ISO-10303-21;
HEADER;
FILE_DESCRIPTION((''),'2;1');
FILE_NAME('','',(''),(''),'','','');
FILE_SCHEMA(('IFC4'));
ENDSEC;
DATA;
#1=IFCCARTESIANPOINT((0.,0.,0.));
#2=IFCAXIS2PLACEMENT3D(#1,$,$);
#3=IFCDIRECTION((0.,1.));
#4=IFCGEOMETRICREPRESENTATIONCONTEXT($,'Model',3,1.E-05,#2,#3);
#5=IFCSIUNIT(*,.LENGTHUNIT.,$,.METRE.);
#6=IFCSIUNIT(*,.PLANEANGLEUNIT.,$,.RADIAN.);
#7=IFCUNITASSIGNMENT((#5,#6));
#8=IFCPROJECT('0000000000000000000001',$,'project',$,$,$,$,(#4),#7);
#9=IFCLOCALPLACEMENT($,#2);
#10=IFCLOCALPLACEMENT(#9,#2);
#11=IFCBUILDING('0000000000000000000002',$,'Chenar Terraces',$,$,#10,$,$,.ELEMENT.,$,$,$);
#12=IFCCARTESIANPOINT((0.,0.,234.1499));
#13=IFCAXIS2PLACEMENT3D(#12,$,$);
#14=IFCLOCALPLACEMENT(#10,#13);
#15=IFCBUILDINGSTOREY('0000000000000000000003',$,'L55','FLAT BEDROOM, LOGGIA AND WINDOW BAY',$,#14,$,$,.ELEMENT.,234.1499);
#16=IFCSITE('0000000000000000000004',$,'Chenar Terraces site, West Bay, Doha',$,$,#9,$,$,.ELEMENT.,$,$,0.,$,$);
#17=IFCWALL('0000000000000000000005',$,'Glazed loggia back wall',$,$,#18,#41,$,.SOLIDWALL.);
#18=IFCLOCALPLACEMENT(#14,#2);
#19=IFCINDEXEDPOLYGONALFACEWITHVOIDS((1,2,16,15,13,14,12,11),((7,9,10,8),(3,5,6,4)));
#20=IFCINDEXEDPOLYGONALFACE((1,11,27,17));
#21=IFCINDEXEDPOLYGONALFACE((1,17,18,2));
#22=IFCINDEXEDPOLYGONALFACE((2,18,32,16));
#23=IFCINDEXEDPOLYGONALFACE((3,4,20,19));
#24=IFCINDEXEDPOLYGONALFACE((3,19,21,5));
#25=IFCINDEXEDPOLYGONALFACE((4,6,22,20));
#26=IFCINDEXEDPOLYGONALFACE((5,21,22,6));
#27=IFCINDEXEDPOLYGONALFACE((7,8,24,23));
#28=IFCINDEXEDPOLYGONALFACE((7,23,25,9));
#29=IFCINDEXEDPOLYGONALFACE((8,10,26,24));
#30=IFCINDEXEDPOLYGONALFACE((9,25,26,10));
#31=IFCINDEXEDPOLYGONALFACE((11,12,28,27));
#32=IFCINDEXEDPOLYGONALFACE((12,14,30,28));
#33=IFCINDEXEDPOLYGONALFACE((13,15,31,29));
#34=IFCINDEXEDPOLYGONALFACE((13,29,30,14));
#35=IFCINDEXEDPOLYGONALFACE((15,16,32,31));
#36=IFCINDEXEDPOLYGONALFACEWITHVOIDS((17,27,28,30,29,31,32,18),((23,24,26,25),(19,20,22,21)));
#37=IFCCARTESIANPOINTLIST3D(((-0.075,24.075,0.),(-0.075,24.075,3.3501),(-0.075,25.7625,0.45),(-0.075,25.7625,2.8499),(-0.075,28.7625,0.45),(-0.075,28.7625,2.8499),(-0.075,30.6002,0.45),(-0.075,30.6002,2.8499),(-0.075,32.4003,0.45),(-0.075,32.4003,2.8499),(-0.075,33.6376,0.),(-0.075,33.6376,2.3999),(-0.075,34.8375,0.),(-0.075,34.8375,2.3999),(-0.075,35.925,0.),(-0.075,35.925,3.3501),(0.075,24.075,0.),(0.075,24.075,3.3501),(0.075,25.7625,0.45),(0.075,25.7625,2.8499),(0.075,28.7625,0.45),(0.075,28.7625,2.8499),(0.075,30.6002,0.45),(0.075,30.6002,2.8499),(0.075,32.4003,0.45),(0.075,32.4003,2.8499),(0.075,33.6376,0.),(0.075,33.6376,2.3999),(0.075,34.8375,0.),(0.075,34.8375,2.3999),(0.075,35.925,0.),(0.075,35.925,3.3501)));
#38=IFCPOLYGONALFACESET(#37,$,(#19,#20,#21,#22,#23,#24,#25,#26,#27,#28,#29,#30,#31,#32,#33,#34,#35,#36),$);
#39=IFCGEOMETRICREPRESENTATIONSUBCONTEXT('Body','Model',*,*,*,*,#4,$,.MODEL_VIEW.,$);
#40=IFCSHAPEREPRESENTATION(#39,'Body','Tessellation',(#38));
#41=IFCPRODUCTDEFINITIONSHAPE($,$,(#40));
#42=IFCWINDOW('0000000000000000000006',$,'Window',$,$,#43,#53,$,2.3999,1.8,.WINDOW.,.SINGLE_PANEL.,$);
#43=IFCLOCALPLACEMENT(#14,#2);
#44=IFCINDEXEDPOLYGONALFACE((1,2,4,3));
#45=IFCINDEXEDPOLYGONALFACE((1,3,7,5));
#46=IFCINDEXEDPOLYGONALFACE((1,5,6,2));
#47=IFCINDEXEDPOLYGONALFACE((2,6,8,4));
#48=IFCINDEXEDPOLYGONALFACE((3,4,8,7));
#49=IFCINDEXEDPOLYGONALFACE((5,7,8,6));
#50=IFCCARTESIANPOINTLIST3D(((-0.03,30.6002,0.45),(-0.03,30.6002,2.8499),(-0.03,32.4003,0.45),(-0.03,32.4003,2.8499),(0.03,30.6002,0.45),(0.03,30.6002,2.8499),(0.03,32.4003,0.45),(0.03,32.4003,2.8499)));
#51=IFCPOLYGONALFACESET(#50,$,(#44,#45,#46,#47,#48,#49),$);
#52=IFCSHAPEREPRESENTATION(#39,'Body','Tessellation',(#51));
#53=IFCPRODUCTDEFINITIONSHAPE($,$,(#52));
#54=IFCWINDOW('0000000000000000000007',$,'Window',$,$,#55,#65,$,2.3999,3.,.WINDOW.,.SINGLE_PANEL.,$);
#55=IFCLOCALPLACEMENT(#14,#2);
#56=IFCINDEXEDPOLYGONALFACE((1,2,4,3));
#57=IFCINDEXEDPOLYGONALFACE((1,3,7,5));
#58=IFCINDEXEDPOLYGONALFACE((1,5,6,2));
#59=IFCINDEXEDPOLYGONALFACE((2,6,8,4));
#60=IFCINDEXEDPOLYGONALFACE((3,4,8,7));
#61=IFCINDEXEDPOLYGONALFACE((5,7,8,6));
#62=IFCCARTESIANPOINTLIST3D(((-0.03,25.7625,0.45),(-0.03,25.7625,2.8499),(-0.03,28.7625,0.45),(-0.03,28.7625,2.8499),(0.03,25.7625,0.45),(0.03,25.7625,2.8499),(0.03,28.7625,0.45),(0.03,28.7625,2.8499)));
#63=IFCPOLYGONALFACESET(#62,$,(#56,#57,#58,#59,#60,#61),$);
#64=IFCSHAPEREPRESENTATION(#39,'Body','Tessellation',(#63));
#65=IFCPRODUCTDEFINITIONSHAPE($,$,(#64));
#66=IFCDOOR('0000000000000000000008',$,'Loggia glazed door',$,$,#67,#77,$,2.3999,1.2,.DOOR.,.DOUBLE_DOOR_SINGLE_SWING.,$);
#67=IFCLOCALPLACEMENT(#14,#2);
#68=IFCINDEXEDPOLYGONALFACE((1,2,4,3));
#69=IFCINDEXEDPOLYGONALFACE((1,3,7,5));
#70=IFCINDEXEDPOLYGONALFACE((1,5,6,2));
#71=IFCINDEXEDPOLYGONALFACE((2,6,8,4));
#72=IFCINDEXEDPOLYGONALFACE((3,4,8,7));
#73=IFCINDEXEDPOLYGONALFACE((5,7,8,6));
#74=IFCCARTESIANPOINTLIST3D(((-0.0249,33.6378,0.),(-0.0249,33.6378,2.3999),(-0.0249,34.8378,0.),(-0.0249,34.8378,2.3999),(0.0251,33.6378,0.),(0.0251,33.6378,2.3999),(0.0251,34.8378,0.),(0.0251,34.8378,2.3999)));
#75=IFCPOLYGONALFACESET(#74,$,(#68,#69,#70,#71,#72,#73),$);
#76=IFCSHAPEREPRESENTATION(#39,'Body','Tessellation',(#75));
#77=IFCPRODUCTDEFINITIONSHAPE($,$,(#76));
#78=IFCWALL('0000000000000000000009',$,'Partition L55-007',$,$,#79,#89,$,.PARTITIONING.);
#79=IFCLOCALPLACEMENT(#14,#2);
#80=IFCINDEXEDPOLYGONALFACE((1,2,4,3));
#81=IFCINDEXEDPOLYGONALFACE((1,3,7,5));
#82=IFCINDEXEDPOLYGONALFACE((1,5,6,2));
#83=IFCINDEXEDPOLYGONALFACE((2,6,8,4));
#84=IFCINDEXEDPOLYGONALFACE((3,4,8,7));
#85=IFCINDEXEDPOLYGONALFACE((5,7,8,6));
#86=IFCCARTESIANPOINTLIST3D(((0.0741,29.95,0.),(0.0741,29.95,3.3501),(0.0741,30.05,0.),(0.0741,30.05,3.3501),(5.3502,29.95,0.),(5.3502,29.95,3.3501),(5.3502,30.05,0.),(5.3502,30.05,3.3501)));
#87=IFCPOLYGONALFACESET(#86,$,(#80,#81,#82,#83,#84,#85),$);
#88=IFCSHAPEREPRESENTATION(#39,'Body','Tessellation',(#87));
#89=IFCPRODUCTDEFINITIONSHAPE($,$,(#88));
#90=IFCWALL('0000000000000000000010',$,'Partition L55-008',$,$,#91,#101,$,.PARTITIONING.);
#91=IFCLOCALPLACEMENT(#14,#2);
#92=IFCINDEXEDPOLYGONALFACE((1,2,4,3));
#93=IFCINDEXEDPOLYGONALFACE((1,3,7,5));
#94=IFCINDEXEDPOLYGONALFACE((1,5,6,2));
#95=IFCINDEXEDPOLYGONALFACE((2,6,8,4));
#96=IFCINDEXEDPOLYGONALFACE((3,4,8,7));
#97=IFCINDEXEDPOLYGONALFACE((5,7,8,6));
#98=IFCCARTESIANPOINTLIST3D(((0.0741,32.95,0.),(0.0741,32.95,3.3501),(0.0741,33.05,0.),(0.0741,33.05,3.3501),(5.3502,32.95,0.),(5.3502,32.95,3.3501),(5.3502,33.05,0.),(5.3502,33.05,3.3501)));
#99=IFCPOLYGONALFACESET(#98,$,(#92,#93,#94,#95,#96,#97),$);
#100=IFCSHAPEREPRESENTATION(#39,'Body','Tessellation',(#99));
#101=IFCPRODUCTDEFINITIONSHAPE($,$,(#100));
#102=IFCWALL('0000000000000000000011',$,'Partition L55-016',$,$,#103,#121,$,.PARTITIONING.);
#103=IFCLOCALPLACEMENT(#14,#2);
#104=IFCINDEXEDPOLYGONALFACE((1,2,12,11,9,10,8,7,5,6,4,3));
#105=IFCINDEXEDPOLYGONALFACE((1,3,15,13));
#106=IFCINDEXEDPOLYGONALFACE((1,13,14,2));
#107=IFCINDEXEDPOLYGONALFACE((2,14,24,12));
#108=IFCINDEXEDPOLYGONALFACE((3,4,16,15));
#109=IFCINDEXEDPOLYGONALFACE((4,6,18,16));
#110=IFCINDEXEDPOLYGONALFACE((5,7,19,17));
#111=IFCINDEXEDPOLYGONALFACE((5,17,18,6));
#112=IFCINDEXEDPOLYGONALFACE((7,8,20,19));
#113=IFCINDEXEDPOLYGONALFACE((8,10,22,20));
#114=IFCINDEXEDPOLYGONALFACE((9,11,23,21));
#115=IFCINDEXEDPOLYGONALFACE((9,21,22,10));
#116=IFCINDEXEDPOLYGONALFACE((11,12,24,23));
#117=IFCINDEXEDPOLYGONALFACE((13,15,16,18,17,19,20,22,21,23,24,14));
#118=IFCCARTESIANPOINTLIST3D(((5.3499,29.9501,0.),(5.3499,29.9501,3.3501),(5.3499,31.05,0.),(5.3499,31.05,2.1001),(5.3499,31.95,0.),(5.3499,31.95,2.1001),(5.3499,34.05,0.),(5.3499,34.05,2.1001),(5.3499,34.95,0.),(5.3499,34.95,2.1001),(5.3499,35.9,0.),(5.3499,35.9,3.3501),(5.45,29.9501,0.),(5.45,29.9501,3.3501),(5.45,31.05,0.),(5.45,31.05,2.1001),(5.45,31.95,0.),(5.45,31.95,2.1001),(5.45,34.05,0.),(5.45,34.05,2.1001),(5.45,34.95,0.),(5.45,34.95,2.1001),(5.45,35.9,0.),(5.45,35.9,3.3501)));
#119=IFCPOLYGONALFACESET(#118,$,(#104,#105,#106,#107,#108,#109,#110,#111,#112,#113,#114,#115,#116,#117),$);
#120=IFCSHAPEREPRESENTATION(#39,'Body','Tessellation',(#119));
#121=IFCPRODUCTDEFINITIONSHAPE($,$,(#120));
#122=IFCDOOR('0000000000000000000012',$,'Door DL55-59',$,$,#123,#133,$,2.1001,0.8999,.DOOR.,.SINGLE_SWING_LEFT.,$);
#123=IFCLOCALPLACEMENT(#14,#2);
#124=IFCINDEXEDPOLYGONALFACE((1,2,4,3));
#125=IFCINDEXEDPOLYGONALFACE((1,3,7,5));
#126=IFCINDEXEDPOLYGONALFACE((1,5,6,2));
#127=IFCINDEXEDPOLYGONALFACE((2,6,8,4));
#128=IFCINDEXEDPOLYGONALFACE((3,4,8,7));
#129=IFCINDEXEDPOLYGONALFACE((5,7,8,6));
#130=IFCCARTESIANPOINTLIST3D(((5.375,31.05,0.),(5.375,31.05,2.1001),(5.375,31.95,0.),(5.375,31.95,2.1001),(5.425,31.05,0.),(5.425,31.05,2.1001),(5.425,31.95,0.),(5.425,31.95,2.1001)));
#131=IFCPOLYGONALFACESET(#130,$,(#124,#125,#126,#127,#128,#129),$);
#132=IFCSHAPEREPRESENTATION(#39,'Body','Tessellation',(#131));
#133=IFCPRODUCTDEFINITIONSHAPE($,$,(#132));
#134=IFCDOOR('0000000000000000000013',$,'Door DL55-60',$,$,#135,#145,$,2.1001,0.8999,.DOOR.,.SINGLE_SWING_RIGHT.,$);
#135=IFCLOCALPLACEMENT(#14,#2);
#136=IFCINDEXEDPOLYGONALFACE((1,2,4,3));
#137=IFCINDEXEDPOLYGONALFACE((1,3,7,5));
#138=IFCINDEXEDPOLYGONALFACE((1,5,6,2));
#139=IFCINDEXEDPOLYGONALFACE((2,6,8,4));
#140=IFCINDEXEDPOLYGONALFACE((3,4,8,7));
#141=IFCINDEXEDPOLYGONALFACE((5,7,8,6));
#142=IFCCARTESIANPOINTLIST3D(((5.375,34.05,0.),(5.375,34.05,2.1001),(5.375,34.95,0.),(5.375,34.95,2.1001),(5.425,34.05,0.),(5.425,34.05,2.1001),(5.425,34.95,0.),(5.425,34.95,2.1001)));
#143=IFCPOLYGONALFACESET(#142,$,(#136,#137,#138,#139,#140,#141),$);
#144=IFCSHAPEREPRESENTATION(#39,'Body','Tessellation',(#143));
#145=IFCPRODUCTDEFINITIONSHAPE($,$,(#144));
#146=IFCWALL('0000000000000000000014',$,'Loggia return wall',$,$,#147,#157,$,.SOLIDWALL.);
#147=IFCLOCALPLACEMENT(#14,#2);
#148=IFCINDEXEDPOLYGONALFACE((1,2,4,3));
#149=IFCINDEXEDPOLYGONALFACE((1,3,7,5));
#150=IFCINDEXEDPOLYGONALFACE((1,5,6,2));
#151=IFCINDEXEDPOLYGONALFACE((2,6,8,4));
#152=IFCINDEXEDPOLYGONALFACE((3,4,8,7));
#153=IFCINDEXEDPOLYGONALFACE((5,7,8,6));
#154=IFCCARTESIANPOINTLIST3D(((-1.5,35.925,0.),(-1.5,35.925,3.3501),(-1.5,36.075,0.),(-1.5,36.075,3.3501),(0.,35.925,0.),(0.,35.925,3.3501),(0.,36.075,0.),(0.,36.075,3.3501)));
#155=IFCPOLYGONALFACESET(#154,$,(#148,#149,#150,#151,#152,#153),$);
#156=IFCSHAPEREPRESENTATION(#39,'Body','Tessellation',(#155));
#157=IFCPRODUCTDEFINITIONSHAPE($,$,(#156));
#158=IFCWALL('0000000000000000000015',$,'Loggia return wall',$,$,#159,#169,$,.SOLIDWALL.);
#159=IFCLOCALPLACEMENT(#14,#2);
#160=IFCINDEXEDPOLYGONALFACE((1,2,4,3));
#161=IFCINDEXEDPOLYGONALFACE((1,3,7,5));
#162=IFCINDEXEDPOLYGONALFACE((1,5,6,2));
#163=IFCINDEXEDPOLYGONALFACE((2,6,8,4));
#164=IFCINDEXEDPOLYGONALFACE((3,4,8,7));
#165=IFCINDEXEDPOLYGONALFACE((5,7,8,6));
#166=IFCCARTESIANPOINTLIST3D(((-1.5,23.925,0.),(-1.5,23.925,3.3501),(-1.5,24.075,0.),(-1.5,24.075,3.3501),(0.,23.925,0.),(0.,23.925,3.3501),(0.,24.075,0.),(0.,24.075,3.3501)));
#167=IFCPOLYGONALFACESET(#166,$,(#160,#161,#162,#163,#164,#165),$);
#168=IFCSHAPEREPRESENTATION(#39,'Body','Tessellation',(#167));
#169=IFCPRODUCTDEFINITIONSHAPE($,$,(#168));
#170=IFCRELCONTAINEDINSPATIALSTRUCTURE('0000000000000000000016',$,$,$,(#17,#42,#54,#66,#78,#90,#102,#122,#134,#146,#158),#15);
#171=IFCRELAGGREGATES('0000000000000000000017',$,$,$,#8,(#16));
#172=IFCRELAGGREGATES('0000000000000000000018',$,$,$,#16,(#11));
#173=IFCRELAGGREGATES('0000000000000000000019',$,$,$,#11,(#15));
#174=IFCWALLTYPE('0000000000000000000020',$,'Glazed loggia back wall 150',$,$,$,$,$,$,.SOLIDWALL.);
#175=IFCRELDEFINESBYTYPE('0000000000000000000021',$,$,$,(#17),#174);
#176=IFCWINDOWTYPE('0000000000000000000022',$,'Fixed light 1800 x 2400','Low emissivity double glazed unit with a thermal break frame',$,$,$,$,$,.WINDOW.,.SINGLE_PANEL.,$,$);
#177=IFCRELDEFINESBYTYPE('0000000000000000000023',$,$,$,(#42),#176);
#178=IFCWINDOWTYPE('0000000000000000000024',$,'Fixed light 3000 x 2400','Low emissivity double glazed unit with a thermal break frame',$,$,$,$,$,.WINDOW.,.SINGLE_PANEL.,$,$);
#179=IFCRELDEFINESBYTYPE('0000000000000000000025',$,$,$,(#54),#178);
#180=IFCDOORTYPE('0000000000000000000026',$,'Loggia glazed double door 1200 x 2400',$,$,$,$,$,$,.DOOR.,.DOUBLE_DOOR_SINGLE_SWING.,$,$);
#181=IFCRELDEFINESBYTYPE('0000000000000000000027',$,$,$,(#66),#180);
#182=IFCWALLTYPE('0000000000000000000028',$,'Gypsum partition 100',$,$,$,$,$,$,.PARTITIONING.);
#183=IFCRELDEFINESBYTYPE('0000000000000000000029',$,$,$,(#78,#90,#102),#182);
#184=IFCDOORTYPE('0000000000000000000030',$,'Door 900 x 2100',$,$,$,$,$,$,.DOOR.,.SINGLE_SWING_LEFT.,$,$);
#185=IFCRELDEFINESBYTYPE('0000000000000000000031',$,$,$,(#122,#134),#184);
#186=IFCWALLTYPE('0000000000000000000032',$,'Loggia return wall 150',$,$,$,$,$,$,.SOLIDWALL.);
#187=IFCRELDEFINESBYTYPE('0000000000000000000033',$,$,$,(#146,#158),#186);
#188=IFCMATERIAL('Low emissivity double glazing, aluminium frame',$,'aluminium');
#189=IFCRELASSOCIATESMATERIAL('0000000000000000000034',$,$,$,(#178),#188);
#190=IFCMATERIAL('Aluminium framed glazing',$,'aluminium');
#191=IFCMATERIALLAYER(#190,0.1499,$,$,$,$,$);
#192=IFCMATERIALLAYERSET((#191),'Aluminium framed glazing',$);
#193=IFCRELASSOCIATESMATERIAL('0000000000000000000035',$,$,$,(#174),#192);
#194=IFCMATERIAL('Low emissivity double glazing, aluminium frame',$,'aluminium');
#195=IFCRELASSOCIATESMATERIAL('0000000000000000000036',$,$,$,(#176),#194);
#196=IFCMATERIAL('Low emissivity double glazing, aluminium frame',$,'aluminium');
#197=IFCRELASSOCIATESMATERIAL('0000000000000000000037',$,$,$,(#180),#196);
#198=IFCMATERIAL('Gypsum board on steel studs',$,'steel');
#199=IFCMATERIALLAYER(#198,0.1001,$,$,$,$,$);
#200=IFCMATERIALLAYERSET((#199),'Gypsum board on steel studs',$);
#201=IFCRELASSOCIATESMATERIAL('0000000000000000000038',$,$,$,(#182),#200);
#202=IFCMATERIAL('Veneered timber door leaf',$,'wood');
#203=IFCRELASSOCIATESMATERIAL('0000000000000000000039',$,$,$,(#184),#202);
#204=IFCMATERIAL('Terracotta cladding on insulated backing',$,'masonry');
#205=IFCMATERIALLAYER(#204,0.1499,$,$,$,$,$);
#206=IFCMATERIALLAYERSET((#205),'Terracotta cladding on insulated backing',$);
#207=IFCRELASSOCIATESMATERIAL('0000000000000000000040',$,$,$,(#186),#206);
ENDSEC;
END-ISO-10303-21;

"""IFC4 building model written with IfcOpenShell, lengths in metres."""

from ifc_helpers import new_model, si_unit, direction, frame, frame_2d, origin, place, context, subcontext, project, spatial, rectangle, extrude, material, layer, layer_set, type_object, element, fill, save


model = new_model("IFC4")

# Units and contexts
model_context = context("Model", 3, precision=1e-05, world=origin(), true_north=direction((0.0, 1.0)))
body_context = subcontext(model_context, "Body", "Model", "MODEL_VIEW")
ifc_project = project(units=[si_unit("LENGTHUNIT", "METRE"), si_unit("PLANEANGLEUNIT", "RADIAN")], contexts=[model_context])

# Site, building, storey
site_placement = place(None, origin())
site = spatial("IfcSite", under=ifc_project, at=site_placement, Name="Chenar Terraces site, West Bay, Doha", CompositionType="ELEMENT", RefElevation=0.0)
building_placement = place(site_placement, origin())
building = spatial("IfcBuilding", under=site, at=building_placement, Name="Chenar Terraces", CompositionType="ELEMENT")
storey_placement = place(building_placement, frame((0.0, 0.0, 234.1499)))
storey = spatial("IfcBuildingStorey", under=building, at=storey_placement, Name="L55", Description="FLAT BEDROOM, LOGGIA AND WINDOW BAY", CompositionType="ELEMENT", Elevation=234.1499)

# Shared definitions
ifc_material_1 = material(Name="Low emissivity double glazing, aluminium frame", Category="aluminium")
window_type_1 = type_object("IfcWindowType", Name="Fixed light 3000 x 2400", Description="Low emissivity double glazed unit with a thermal break frame", PartitioningType="SINGLE_PANEL", PredefinedType="WINDOW", material=ifc_material_1)

# Wall, openings, windows, door
ifc_material_2 = material(Name="Aluminium framed glazing", Category="aluminium")
ifc_layer_1 = layer(ifc_material_2, 0.1499)
ifc_layer_set_1 = layer_set([ifc_layer_1], Name="Aluminium framed glazing")
wall_type_1 = type_object("IfcWallType", Name="Glazed loggia back wall 150", PredefinedType="SOLIDWALL", material=ifc_layer_set_1)
wall_1_placement = place(storey_placement, frame((0.0, 35.925, 0.0), z_axis=(0.0, 0.0, 1.0), x_axis=(0.0, -1.0, 0.0)))
wall_1 = element("IfcWall", 1, at=wall_1_placement, inside=storey, type_object=wall_type_1, Name="Glazed loggia back wall", PredefinedType="SOLIDWALL", context=body_context, shape_type="SweptSolid", body=[
    extrude(rectangle(XDim=11.8501, YDim=0.1499, at=frame_2d((5.925, 0.0))), origin(), (0.0, 0.0, 1.0), 3.3501),
])
opening_1_placement = place(wall_1_placement, frame((1.0874, 0.0, 0.0)))
opening_1 = element("IfcOpeningElement", 2, at=opening_1_placement, cuts=wall_1, PredefinedType="OPENING", context=body_context, shape_type="SweptSolid", body=[
    extrude(rectangle(XDim=1.2, YDim=2.3999, at=frame_2d((0.6001, 1.2))), frame((0.0, 0.085, 0.0), z_axis=(0.0, -1.0, 0.0), x_axis=(1.0, 0.0, 0.0)), (0.0, 0.0, 1.0), 0.1699),
])
opening_2_placement = place(wall_1_placement, frame((3.5249, 0.0, 0.45)))
opening_2 = element("IfcOpeningElement", 3, at=opening_2_placement, cuts=wall_1, PredefinedType="OPENING", context=body_context, shape_type="SweptSolid", body=[
    extrude(rectangle(XDim=1.8, YDim=2.3999, at=frame_2d((0.8999, 1.2))), frame((0.0, 0.085, 0.0), z_axis=(0.0, -1.0, 0.0), x_axis=(1.0, 0.0, 0.0)), (0.0, 0.0, 1.0), 0.1699),
])
opening_3_placement = place(wall_1_placement, frame((7.1626, 0.0, 0.45)))
opening_3 = element("IfcOpeningElement", 4, at=opening_3_placement, cuts=wall_1, PredefinedType="OPENING", context=body_context, shape_type="SweptSolid", body=[
    extrude(rectangle(XDim=3.0, YDim=2.3999, at=frame_2d((1.5, 1.2))), frame((0.0, 0.085, 0.0), z_axis=(0.0, -1.0, 0.0), x_axis=(1.0, 0.0, 0.0)), (0.0, 0.0, 1.0), 0.1699),
])
ifc_material_3 = material(Name="Low emissivity double glazing, aluminium frame", Category="aluminium")
window_type_2 = type_object("IfcWindowType", Name="Fixed light 1800 x 2400", Description="Low emissivity double glazed unit with a thermal break frame", PartitioningType="SINGLE_PANEL", PredefinedType="WINDOW", material=ifc_material_3)
window_1_placement = place(opening_2_placement, origin())
window_1 = element("IfcWindow", 5, at=window_1_placement, inside=storey, type_object=window_type_2, Name="Window", OverallHeight=2.3999, OverallWidth=1.8, PartitioningType="SINGLE_PANEL", PredefinedType="WINDOW", context=body_context, shape_type="SweptSolid", body=[
    extrude(rectangle(XDim=1.8, YDim=2.3999, at=frame_2d((0.8999, 1.2))), frame((0.0, 0.03, 0.0), z_axis=(0.0, -1.0, 0.0), x_axis=(1.0, 0.0, 0.0)), (0.0, 0.0, 1.0), 0.0601),
])
fill(opening_2, window_1)
window_2_placement = place(opening_3_placement, origin())
window_2 = element("IfcWindow", 6, at=window_2_placement, inside=storey, type_object=window_type_1, Name="Window", OverallHeight=2.3999, OverallWidth=3.0, PartitioningType="SINGLE_PANEL", PredefinedType="WINDOW", context=body_context, shape_type="SweptSolid", body=[
    extrude(rectangle(XDim=3.0, YDim=2.3999, at=frame_2d((1.5, 1.2))), frame((0.0, 0.03, 0.0), z_axis=(0.0, -1.0, 0.0), x_axis=(1.0, 0.0, 0.0)), (0.0, 0.0, 1.0), 0.0601),
])
fill(opening_3, window_2)
ifc_material_4 = material(Name="Low emissivity double glazing, aluminium frame", Category="aluminium")
door_type_1 = type_object("IfcDoorType", Name="Loggia glazed double door 1200 x 2400", OperationType="DOUBLE_DOOR_SINGLE_SWING", PredefinedType="DOOR", material=ifc_material_4)
door_1_placement = place(opening_1_placement, frame((1.2, 0.0, 0.0), z_axis=(0.0, 0.0, 1.0), x_axis=(-1.0, 0.0, 0.0)))
door_1 = element("IfcDoor", 7, at=door_1_placement, inside=storey, type_object=door_type_1, Name="Loggia glazed door", OperationType="DOUBLE_DOOR_SINGLE_SWING", OverallHeight=2.3999, OverallWidth=1.2, PredefinedType="DOOR", context=body_context, shape_type="SweptSolid", body=[
    extrude(rectangle(XDim=1.2, YDim=2.3999, at=frame_2d((0.6001, 1.2))), frame((0.0, 0.0249, 0.0), z_axis=(0.0, -1.0, 0.0), x_axis=(1.0, 0.0, 0.0)), (0.0, 0.0, 1.0), 0.05),
])
fill(opening_1, door_1)

# Walls
ifc_material_5 = material(Name="Gypsum board on steel studs", Category="steel")
ifc_layer_2 = layer(ifc_material_5, 0.1001)
ifc_layer_set_2 = layer_set([ifc_layer_2], Name="Gypsum board on steel studs")
wall_type_2 = type_object("IfcWallType", Name="Gypsum partition 100", PredefinedType="PARTITIONING", material=ifc_layer_set_2)
for number, where, z_axis, x_axis, name in (
    (8, (0.074, 30.0, 0.0), (0.0, 0.0, 1.0), (1.0, 0.0, 0.0), "Partition L55-007"),
    (9, (0.074, 33.0, 0.0), (0.0, 0.0, 1.0), (1.0, 0.0, 0.0), "Partition L55-008"),
):
    element("IfcWall", number, at=place(storey_placement, frame(where, z_axis=z_axis, x_axis=x_axis)), inside=storey, type_object=wall_type_2, Name=name, PredefinedType="PARTITIONING", context=body_context, shape_type="SweptSolid", body=[
        extrude(rectangle(XDim=5.2761, YDim=0.1001, at=frame_2d((2.6382, 0.0))), origin(), (0.0, 0.0, 1.0), 3.3501),
    ])

# Wall, openings, doors
wall_2_placement = place(storey_placement, frame((5.3999, 29.95, 0.0), z_axis=(0.0, 0.0, 1.0), x_axis=(0.0, 1.0, 0.0)))
wall_2 = element("IfcWall", 10, at=wall_2_placement, inside=storey, type_object=wall_type_2, Name="Partition L55-016", PredefinedType="PARTITIONING", context=body_context, shape_type="SweptSolid", body=[
    extrude(rectangle(XDim=5.95, YDim=0.1001, at=frame_2d((2.9751, 0.0))), origin(), (0.0, 0.0, 1.0), 3.3501),
])
opening_4_placement = place(wall_2_placement, frame((1.1001, 0.0, 0.0)))
opening_4 = element("IfcOpeningElement", 11, at=opening_4_placement, cuts=wall_2, PredefinedType="OPENING", context=body_context, shape_type="SweptSolid", body=[
    extrude(rectangle(XDim=0.8999, YDim=2.1001, at=frame_2d((0.45, 1.05))), frame((0.0, 0.0601, 0.0), z_axis=(0.0, -1.0, 0.0), x_axis=(1.0, 0.0, 0.0)), (0.0, 0.0, 1.0), 0.1201),
])
opening_5_placement = place(wall_2_placement, frame((4.1001, 0.0, 0.0)))
opening_5 = element("IfcOpeningElement", 12, at=opening_5_placement, cuts=wall_2, PredefinedType="OPENING", context=body_context, shape_type="SweptSolid", body=[
    extrude(rectangle(XDim=0.8999, YDim=2.1001, at=frame_2d((0.45, 1.05))), frame((0.0, 0.0601, 0.0), z_axis=(0.0, -1.0, 0.0), x_axis=(1.0, 0.0, 0.0)), (0.0, 0.0, 1.0), 0.1201),
])
ifc_material_6 = material(Name="Veneered timber door leaf", Category="wood")
door_type_2 = type_object("IfcDoorType", Name="Door 900 x 2100", OperationType="SINGLE_SWING_LEFT", PredefinedType="DOOR", material=ifc_material_6)
door_2_placement = place(opening_4_placement, origin())
door_2 = element("IfcDoor", 13, at=door_2_placement, inside=storey, type_object=door_type_2, Name="Door DL55-59", OperationType="SINGLE_SWING_LEFT", OverallHeight=2.1001, OverallWidth=0.8999, PredefinedType="DOOR", context=body_context, shape_type="SweptSolid", body=[
    extrude(rectangle(XDim=0.8999, YDim=2.1001, at=frame_2d((0.45, 1.05))), frame((0.0, 0.0249, 0.0), z_axis=(0.0, -1.0, 0.0), x_axis=(1.0, 0.0, 0.0)), (0.0, 0.0, 1.0), 0.05),
])
fill(opening_4, door_2)
door_3_placement = place(opening_5_placement, origin())
door_3 = element("IfcDoor", 14, at=door_3_placement, inside=storey, type_object=door_type_2, Name="Door DL55-60", OperationType="SINGLE_SWING_RIGHT", OverallHeight=2.1001, OverallWidth=0.8999, PredefinedType="DOOR", context=body_context, shape_type="SweptSolid", body=[
    extrude(rectangle(XDim=0.8999, YDim=2.1001, at=frame_2d((0.45, 1.05))), frame((0.0, 0.0249, 0.0), z_axis=(0.0, -1.0, 0.0), x_axis=(1.0, 0.0, 0.0)), (0.0, 0.0, 1.0), 0.05),
])
fill(opening_5, door_3)

# Walls
ifc_material_7 = material(Name="Terracotta cladding on insulated backing", Category="masonry")
ifc_layer_3 = layer(ifc_material_7, 0.1499)
ifc_layer_set_3 = layer_set([ifc_layer_3], Name="Terracotta cladding on insulated backing")
wall_type_3 = type_object("IfcWallType", Name="Loggia return wall 150", PredefinedType="SOLIDWALL", material=ifc_layer_set_3)
for number, where, z_axis, x_axis, name in (
    (15, (-1.5, 36.0, 0.0), (0.0, 0.0, 1.0), (1.0, 0.0, 0.0), "Loggia return wall"),
    (16, (-1.5, 24.0, 0.0), (0.0, 0.0, 1.0), (1.0, 0.0, 0.0), "Loggia return wall"),
):
    element("IfcWall", number, at=place(storey_placement, frame(where, z_axis=z_axis, x_axis=x_axis)), inside=storey, type_object=wall_type_3, Name=name, PredefinedType="SOLIDWALL", context=body_context, shape_type="SweptSolid", body=[
        extrude(rectangle(XDim=1.5, YDim=0.1499, at=frame_2d((0.75, 0.0))), origin(), (0.0, 0.0, 1.0), 3.3501),
    ])

save(model, "model.ifc")
